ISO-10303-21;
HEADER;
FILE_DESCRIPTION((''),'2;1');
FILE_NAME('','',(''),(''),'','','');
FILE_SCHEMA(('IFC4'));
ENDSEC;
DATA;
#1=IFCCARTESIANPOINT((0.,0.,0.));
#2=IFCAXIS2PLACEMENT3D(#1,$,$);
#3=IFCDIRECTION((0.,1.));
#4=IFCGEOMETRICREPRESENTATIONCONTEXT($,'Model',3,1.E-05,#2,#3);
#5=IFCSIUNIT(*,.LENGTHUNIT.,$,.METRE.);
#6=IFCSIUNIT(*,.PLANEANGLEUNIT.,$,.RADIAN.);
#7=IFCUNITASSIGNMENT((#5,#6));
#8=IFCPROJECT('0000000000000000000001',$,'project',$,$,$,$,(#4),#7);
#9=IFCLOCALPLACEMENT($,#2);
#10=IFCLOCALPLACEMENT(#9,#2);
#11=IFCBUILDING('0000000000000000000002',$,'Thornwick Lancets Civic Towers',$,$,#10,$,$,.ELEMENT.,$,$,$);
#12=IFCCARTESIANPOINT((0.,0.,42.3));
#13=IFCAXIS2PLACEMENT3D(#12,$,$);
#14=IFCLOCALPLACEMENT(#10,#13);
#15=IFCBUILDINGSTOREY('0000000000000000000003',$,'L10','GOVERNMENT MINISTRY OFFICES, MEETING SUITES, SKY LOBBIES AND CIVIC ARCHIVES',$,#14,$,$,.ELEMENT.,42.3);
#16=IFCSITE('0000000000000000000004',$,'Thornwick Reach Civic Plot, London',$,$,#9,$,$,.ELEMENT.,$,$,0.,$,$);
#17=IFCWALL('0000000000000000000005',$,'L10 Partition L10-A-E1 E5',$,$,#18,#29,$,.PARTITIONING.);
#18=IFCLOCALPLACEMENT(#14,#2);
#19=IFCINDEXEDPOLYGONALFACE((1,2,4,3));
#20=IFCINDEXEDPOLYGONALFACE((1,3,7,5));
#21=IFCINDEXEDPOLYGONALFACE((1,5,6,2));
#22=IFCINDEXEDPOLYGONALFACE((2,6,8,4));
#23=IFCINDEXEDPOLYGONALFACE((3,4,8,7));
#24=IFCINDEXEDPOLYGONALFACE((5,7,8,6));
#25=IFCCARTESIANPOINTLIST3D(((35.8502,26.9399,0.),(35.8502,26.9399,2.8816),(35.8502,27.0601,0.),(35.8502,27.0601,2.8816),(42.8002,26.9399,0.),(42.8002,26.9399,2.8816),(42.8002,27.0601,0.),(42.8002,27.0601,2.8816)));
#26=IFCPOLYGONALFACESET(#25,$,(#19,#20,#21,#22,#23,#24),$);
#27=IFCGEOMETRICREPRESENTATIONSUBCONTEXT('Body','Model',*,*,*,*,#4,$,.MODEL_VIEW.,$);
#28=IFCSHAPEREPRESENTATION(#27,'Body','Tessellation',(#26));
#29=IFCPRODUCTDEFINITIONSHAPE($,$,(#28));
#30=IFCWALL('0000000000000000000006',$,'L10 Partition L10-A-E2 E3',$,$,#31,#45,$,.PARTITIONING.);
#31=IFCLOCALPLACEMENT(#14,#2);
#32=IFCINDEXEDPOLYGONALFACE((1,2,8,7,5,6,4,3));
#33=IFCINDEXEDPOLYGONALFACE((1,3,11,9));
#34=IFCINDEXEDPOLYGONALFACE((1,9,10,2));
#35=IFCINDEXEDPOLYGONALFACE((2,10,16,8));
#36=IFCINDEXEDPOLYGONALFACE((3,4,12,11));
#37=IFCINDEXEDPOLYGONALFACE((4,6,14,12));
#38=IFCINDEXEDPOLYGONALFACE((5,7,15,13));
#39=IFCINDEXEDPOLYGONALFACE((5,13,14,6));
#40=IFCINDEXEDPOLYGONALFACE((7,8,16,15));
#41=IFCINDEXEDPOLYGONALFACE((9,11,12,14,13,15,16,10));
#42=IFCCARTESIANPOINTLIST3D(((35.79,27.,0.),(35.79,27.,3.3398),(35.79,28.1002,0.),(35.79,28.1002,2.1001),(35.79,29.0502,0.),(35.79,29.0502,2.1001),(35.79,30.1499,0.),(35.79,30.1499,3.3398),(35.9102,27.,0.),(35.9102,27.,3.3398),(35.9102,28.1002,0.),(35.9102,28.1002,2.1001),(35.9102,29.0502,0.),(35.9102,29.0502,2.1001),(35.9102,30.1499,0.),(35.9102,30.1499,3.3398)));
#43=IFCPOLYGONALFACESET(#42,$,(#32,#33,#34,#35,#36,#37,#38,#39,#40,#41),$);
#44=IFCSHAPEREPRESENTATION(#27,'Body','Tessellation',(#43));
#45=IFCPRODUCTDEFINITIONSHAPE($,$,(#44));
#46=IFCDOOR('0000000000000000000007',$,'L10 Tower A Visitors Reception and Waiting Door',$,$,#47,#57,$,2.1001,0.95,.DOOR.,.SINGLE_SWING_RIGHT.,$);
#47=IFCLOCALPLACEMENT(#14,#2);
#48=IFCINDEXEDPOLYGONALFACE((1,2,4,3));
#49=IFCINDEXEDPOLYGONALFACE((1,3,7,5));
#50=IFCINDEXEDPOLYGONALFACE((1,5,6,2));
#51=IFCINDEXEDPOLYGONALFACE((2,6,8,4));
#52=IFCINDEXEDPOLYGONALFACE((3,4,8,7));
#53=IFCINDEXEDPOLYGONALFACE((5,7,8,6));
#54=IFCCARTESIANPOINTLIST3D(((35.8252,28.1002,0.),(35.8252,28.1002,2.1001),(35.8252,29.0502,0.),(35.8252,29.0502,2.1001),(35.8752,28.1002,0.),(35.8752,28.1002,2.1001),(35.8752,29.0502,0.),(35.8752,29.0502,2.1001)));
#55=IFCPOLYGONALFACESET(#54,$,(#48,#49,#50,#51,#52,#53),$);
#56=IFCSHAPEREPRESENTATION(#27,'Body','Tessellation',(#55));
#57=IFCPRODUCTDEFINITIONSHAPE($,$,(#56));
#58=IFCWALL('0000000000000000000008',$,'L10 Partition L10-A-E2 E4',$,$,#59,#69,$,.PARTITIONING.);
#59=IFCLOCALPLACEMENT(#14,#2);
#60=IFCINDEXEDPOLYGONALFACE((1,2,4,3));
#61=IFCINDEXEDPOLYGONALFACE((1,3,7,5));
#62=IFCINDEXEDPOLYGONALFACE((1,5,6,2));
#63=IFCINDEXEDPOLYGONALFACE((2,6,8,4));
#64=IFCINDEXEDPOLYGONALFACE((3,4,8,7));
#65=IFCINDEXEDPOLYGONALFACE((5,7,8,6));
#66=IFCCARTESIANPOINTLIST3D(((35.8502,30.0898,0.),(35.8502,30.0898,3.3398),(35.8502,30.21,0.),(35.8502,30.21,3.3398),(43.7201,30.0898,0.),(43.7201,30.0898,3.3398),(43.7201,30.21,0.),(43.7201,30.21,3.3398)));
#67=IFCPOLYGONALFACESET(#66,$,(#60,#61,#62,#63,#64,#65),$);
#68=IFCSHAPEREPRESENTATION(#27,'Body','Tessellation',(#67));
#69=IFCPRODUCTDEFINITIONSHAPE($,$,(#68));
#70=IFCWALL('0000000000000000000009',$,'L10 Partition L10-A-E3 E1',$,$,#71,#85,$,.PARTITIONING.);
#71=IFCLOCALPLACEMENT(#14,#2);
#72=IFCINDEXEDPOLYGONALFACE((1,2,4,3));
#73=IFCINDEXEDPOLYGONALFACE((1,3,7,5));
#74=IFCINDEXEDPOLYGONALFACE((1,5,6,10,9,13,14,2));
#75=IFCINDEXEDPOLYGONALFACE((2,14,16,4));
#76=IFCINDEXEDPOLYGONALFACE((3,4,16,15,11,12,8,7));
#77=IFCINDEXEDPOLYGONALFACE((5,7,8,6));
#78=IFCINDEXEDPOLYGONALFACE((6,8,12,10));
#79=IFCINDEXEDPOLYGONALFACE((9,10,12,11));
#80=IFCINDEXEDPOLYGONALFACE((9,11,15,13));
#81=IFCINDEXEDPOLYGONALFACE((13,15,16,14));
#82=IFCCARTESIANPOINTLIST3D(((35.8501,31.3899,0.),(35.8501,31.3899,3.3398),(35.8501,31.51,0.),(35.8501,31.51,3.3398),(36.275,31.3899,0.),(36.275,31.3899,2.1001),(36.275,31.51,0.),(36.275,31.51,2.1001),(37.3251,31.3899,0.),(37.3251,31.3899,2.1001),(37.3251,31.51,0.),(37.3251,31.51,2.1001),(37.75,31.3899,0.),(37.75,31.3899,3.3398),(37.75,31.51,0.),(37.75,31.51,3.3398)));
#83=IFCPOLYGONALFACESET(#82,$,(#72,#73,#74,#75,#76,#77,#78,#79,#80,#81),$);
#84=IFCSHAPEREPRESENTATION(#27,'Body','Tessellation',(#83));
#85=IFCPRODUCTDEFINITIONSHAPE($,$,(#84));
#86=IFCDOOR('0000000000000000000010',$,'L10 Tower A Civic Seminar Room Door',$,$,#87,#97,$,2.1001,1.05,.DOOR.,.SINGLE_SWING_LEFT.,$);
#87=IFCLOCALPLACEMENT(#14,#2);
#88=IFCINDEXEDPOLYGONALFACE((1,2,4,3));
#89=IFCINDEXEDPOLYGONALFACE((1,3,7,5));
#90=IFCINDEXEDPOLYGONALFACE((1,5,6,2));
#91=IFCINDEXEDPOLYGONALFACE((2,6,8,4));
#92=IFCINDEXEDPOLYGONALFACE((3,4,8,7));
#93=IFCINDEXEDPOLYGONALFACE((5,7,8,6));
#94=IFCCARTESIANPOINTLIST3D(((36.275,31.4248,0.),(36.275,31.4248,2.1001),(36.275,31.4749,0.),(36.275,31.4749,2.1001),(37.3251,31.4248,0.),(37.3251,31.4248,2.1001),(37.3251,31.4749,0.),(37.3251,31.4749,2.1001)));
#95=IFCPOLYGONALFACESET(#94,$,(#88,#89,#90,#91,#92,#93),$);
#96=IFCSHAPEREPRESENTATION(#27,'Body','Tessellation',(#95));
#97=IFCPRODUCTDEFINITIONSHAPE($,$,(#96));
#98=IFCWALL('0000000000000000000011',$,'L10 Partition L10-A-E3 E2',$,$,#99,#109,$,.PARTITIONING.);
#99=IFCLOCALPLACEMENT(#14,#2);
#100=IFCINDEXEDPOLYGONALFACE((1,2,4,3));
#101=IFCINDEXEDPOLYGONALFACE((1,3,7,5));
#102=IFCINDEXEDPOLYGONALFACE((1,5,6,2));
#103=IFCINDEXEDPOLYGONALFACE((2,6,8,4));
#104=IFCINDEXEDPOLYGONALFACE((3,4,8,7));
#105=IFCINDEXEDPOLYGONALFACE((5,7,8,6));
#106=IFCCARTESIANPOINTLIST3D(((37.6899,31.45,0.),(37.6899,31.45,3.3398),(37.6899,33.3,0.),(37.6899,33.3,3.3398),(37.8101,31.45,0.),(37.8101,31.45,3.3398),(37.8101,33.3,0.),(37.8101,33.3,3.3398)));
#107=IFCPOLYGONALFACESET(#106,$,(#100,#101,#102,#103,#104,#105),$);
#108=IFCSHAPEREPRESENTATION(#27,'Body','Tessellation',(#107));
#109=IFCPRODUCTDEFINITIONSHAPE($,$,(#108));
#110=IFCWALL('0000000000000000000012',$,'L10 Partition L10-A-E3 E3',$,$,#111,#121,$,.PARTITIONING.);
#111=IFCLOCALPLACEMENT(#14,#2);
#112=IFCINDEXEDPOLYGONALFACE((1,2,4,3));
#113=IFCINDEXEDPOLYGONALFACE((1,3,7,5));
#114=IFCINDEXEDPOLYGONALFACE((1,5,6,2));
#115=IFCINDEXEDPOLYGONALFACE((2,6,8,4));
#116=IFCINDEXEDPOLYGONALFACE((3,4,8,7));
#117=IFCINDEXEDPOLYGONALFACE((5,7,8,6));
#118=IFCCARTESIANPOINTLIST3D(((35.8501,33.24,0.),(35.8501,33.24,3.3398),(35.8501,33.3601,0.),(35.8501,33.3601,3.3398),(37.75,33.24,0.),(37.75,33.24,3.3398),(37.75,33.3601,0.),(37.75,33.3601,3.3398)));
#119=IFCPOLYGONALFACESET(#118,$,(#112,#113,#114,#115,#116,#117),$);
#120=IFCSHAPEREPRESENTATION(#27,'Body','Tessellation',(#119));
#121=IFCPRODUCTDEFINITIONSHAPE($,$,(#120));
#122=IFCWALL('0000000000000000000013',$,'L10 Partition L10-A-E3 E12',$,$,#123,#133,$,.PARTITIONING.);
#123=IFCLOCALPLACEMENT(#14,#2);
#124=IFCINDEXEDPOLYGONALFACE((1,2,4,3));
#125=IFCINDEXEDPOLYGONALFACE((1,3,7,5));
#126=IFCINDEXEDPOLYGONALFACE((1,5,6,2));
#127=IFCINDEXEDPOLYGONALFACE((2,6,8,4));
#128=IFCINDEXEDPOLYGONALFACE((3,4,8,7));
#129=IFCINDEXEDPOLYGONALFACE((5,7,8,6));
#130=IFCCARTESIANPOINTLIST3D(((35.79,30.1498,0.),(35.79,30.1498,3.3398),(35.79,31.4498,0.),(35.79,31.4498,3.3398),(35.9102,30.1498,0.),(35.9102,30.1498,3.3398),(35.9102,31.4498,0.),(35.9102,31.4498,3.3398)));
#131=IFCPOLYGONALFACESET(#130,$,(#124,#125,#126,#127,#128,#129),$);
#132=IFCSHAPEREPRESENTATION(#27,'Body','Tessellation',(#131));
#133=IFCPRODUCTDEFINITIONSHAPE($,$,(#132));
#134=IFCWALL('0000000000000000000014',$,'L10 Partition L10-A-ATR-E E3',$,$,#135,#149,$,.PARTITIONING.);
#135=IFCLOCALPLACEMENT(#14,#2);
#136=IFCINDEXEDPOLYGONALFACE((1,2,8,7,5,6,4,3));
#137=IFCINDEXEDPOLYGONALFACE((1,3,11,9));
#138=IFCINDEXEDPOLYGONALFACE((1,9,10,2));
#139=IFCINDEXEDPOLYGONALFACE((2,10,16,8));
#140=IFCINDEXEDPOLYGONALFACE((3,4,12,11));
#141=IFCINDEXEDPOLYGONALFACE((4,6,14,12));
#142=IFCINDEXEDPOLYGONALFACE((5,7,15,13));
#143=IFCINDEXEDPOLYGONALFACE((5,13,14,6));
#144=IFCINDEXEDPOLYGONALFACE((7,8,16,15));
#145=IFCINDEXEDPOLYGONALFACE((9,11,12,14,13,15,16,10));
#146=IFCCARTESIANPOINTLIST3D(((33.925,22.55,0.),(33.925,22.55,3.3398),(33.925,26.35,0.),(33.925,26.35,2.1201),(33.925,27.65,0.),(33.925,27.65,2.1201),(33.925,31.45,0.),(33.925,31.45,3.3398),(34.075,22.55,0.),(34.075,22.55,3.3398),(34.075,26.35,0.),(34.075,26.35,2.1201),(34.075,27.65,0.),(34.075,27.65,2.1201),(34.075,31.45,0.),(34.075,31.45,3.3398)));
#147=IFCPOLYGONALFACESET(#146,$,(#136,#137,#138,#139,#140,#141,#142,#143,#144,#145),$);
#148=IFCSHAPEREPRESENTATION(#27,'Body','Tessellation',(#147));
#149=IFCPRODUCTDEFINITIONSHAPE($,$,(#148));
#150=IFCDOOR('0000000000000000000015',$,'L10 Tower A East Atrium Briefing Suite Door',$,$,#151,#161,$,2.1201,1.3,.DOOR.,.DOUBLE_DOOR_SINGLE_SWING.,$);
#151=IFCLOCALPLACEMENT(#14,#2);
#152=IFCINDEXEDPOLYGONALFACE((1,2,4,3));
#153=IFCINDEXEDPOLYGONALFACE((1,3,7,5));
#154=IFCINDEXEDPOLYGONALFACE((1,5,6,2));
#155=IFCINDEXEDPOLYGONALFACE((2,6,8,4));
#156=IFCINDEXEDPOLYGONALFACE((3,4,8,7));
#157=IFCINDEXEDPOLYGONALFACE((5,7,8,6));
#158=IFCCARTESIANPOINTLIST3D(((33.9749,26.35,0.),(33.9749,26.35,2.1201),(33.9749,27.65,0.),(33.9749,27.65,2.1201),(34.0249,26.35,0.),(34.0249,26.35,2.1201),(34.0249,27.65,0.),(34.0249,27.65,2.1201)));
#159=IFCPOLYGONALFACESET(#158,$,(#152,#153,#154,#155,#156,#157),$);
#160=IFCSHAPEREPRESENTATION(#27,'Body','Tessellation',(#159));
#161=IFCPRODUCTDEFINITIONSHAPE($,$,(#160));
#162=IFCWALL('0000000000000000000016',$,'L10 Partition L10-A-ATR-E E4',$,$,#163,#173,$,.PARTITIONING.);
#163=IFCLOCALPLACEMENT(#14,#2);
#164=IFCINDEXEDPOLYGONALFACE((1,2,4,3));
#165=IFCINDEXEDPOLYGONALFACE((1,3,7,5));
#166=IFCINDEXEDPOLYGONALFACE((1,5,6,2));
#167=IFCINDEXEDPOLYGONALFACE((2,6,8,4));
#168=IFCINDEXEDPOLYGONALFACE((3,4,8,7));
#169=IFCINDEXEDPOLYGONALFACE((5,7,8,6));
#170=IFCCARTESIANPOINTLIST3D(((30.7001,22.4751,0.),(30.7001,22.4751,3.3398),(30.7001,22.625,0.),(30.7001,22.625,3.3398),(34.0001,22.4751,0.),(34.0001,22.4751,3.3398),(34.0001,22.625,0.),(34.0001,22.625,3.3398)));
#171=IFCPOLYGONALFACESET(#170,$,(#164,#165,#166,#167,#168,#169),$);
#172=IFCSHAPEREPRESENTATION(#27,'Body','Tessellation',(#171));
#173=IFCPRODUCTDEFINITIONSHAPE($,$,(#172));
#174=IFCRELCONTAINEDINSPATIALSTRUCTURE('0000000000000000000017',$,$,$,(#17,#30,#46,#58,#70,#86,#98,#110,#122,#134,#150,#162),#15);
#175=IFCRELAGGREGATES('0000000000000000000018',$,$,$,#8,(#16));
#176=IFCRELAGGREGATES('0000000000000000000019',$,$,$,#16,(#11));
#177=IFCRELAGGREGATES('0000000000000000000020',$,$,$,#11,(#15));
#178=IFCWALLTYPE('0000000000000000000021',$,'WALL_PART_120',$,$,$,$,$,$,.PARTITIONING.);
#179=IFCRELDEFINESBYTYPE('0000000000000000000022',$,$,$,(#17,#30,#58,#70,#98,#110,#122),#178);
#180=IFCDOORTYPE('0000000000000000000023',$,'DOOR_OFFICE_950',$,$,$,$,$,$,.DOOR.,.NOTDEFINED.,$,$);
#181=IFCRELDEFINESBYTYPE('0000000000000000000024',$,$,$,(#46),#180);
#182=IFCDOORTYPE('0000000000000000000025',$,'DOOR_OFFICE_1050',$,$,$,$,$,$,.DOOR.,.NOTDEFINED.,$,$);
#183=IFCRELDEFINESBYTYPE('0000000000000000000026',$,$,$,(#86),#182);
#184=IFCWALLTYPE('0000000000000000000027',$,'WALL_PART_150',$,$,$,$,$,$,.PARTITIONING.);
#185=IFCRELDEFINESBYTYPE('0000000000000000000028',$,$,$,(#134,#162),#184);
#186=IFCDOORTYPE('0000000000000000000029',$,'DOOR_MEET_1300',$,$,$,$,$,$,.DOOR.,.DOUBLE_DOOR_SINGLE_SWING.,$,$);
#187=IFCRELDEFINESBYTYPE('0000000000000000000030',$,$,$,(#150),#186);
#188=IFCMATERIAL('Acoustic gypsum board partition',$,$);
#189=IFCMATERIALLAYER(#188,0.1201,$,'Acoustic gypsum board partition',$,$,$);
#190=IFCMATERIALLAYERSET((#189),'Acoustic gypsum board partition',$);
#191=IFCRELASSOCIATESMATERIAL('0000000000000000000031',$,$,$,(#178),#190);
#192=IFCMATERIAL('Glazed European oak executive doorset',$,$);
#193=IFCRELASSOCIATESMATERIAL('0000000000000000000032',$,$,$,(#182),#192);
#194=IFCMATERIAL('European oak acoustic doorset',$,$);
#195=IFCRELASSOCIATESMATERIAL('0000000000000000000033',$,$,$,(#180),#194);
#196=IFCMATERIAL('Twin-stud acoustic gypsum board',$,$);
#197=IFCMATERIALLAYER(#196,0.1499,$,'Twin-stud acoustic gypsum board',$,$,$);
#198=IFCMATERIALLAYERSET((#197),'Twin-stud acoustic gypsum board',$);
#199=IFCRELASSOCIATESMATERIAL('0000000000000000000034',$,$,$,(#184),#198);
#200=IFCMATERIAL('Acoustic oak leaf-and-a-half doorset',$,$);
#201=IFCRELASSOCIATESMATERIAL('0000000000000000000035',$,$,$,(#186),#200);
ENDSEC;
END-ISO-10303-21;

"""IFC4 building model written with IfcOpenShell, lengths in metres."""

from ifc_helpers import new_model, si_unit, direction, frame, frame_2d, origin, place, context, subcontext, project, spatial, rectangle, extrude, material, layer, layer_set, type_object, element, fill, save


model = new_model("IFC4")

# Units and contexts
model_context = context("Model", 3, precision=1e-05, world=origin(), true_north=direction((0.0, 1.0)))
body_context = subcontext(model_context, "Body", "Model", "MODEL_VIEW")
ifc_project = project(units=[si_unit("LENGTHUNIT", "METRE"), si_unit("PLANEANGLEUNIT", "RADIAN")], contexts=[model_context])

# Site, building, storey
site_placement = place(None, origin())
site = spatial("IfcSite", under=ifc_project, at=site_placement, Name="Thornwick Reach Civic Plot, London", CompositionType="ELEMENT", RefElevation=0.0)
building_placement = place(site_placement, origin())
building = spatial("IfcBuilding", under=site, at=building_placement, Name="Thornwick Lancets Civic Towers", CompositionType="ELEMENT")
storey_placement = place(building_placement, frame((0.0, 0.0, 42.3)))
storey = spatial("IfcBuildingStorey", under=building, at=storey_placement, Name="L10", Description="GOVERNMENT MINISTRY OFFICES, MEETING SUITES, SKY LOBBIES AND CIVIC ARCHIVES", CompositionType="ELEMENT", Elevation=42.3)

# Shared definitions
ifc_material_1 = material(Name="Acoustic gypsum board partition")
ifc_layer_1 = layer(ifc_material_1, 0.1201, Name="Acoustic gypsum board partition")
ifc_layer_set_1 = layer_set([ifc_layer_1], Name="Acoustic gypsum board partition")
wall_type_1 = type_object("IfcWallType", Name="WALL_PART_120", PredefinedType="PARTITIONING", material=ifc_layer_set_1)

# Shared definitions
ifc_material_2 = material(Name="Glazed European oak executive doorset")
door_type_1 = type_object("IfcDoorType", Name="DOOR_OFFICE_1050", OperationType="NOTDEFINED", PredefinedType="DOOR", material=ifc_material_2)

# Wall
wall_1_placement = place(storey_placement, frame((35.8501, 27.0, 0.0), z_axis=(0.0, 0.0, 1.0), x_axis=(1.0, 0.0, 0.0)))
element("IfcWall", 1, at=wall_1_placement, inside=storey, type_object=wall_type_1, Name="L10 Partition L10-A-E1 E5", PredefinedType="PARTITIONING", context=body_context, shape_type="SweptSolid", body=[
    extrude(rectangle(XDim=6.95, YDim=0.1201, at=frame_2d((3.4751, 0.0))), origin(), (0.0, 0.0, 1.0), 2.8816),
])

# Wall, opening, door
wall_2_placement = place(storey_placement, frame((35.8501, 27.0, 0.0), z_axis=(0.0, 0.0, 1.0), x_axis=(0.0, 1.0, 0.0)))
wall_2 = element("IfcWall", 2, at=wall_2_placement, inside=storey, type_object=wall_type_1, Name="L10 Partition L10-A-E2 E3", PredefinedType="PARTITIONING", context=body_context, shape_type="SweptSolid", body=[
    extrude(rectangle(XDim=3.1499, YDim=0.1201, at=frame_2d((1.575, 0.0))), origin(), (0.0, 0.0, 1.0), 3.3398),
])
opening_1_placement = place(wall_2_placement, frame((1.1001, 0.0, 0.0)))
opening_1 = element("IfcOpeningElement", 3, at=opening_1_placement, cuts=wall_2, PredefinedType="OPENING", context=body_context, shape_type="SweptSolid", body=[
    extrude(rectangle(XDim=0.95, YDim=2.1001, at=frame_2d((0.4751, 1.05))), frame((0.0, 0.0701, 0.0), z_axis=(0.0, -1.0, 0.0), x_axis=(1.0, 0.0, 0.0)), (0.0, 0.0, 1.0), 0.1401),
])
ifc_material_3 = material(Name="European oak acoustic doorset")
door_type_2 = type_object("IfcDoorType", Name="DOOR_OFFICE_950", OperationType="NOTDEFINED", PredefinedType="DOOR", material=ifc_material_3)
door_1_placement = place(opening_1_placement, origin())
door_1 = element("IfcDoor", 4, at=door_1_placement, inside=storey, type_object=door_type_2, Name="L10 Tower A Visitors Reception and Waiting Door", OperationType="SINGLE_SWING_RIGHT", OverallHeight=2.1001, OverallWidth=0.95, PredefinedType="DOOR", context=body_context, shape_type="SweptSolid", body=[
    extrude(rectangle(XDim=0.95, YDim=2.1001, at=frame_2d((0.4751, 1.05))), frame((0.0, 0.0249, 0.0), z_axis=(0.0, -1.0, 0.0), x_axis=(1.0, 0.0, 0.0)), (0.0, 0.0, 1.0), 0.05),
])
fill(opening_1, door_1)

# Wall
wall_3_placement = place(storey_placement, frame((35.8501, 30.1499, 0.0), z_axis=(0.0, 0.0, 1.0), x_axis=(1.0, 0.0, 0.0)))
element("IfcWall", 5, at=wall_3_placement, inside=storey, type_object=wall_type_1, Name="L10 Partition L10-A-E2 E4", PredefinedType="PARTITIONING", context=body_context, shape_type="SweptSolid", body=[
    extrude(rectangle(XDim=7.8699, YDim=0.1201, at=frame_2d((3.9351, 0.0))), origin(), (0.0, 0.0, 1.0), 3.3398),
])

# Wall, opening, door
wall_4_placement = place(storey_placement, frame((35.8501, 31.45, 0.0), z_axis=(0.0, 0.0, 1.0), x_axis=(1.0, 0.0, 0.0)))
wall_4 = element("IfcWall", 6, at=wall_4_placement, inside=storey, type_object=wall_type_1, Name="L10 Partition L10-A-E3 E1", PredefinedType="PARTITIONING", context=body_context, shape_type="SweptSolid", body=[
    extrude(rectangle(XDim=1.8999, YDim=0.1201, at=frame_2d((0.95, 0.0))), origin(), (0.0, 0.0, 1.0), 3.3398),
])
opening_2_placement = place(wall_4_placement, frame((0.425, 0.0, 0.0)))
opening_2 = element("IfcOpeningElement", 7, at=opening_2_placement, cuts=wall_4, PredefinedType="OPENING", context=body_context, shape_type="SweptSolid", body=[
    extrude(rectangle(XDim=1.05, YDim=2.1001, at=frame_2d((0.5249, 1.05))), frame((0.0, 0.0701, 0.0), z_axis=(0.0, -1.0, 0.0), x_axis=(1.0, 0.0, 0.0)), (0.0, 0.0, 1.0), 0.1401),
])
door_2_placement = place(opening_2_placement, origin())
door_2 = element("IfcDoor", 8, at=door_2_placement, inside=storey, type_object=door_type_1, Name="L10 Tower A Civic Seminar Room Door", OperationType="SINGLE_SWING_LEFT", OverallHeight=2.1001, OverallWidth=1.05, PredefinedType="DOOR", context=body_context, shape_type="SweptSolid", body=[
    extrude(rectangle(XDim=1.05, YDim=2.1001, at=frame_2d((0.5249, 1.05))), frame((0.0, 0.0249, 0.0), z_axis=(0.0, -1.0, 0.0), x_axis=(1.0, 0.0, 0.0)), (0.0, 0.0, 1.0), 0.05),
])
fill(opening_2, door_2)

# Walls
wall_5_placement = place(storey_placement, frame((37.75, 31.45, 0.0), z_axis=(0.0, 0.0, 1.0), x_axis=(0.0, 1.0, 0.0)))
element("IfcWall", 9, at=wall_5_placement, inside=storey, type_object=wall_type_1, Name="L10 Partition L10-A-E3 E2", PredefinedType="PARTITIONING", context=body_context, shape_type="SweptSolid", body=[
    extrude(rectangle(XDim=1.8501, YDim=0.1201, at=frame_2d((0.925, 0.0))), origin(), (0.0, 0.0, 1.0), 3.3398),
])
wall_6_placement = place(storey_placement, frame((37.75, 33.3, 0.0), z_axis=(0.0, 0.0, 1.0), x_axis=(-1.0, 0.0, 0.0)))
element("IfcWall", 10, at=wall_6_placement, inside=storey, type_object=wall_type_1, Name="L10 Partition L10-A-E3 E3", PredefinedType="PARTITIONING", context=body_context, shape_type="SweptSolid", body=[
    extrude(rectangle(XDim=1.8999, YDim=0.1201, at=frame_2d((0.95, 0.0))), origin(), (0.0, 0.0, 1.0), 3.3398),
])
wall_7_placement = place(storey_placement, frame((35.8501, 30.1499, 0.0), z_axis=(0.0, 0.0, 1.0), x_axis=(0.0, 1.0, 0.0)))
element("IfcWall", 11, at=wall_7_placement, inside=storey, type_object=wall_type_1, Name="L10 Partition L10-A-E3 E12", PredefinedType="PARTITIONING", context=body_context, shape_type="SweptSolid", body=[
    extrude(rectangle(XDim=1.3, YDim=0.1201, at=frame_2d((0.6499, 0.0))), origin(), (0.0, 0.0, 1.0), 3.3398),
])

# Wall, opening, door
ifc_material_4 = material(Name="Twin-stud acoustic gypsum board")
ifc_layer_2 = layer(ifc_material_4, 0.1499, Name="Twin-stud acoustic gypsum board")
ifc_layer_set_2 = layer_set([ifc_layer_2], Name="Twin-stud acoustic gypsum board")
wall_type_2 = type_object("IfcWallType", Name="WALL_PART_150", PredefinedType="PARTITIONING", material=ifc_layer_set_2)
wall_8_placement = place(storey_placement, frame((34.0, 31.45, 0.0), z_axis=(0.0, 0.0, 1.0), x_axis=(0.0, -1.0, 0.0)))
wall_8 = element("IfcWall", 12, at=wall_8_placement, inside=storey, type_object=wall_type_2, Name="L10 Partition L10-A-ATR-E E3", PredefinedType="PARTITIONING", context=body_context, shape_type="SweptSolid", body=[
    extrude(rectangle(XDim=8.8999, YDim=0.1499, at=frame_2d((4.45, 0.0))), origin(), (0.0, 0.0, 1.0), 3.3398),
])
opening_3_placement = place(wall_8_placement, frame((3.8, 0.0, 0.0)))
opening_3 = element("IfcOpeningElement", 13, at=opening_3_placement, cuts=wall_8, PredefinedType="OPENING", context=body_context, shape_type="SweptSolid", body=[
    extrude(rectangle(XDim=1.3, YDim=2.1201, at=frame_2d((0.6499, 1.0601))), frame((0.0, 0.085, 0.0), z_axis=(0.0, -1.0, 0.0), x_axis=(1.0, 0.0, 0.0)), (0.0, 0.0, 1.0), 0.1699),
])
ifc_material_5 = material(Name="Acoustic oak leaf-and-a-half doorset")
door_type_3 = type_object("IfcDoorType", Name="DOOR_MEET_1300", OperationType="DOUBLE_DOOR_SINGLE_SWING", PredefinedType="DOOR", material=ifc_material_5)
door_3_placement = place(opening_3_placement, origin())
door_3 = element("IfcDoor", 14, at=door_3_placement, inside=storey, type_object=door_type_3, Name="L10 Tower A East Atrium Briefing Suite Door", OperationType="DOUBLE_DOOR_SINGLE_SWING", OverallHeight=2.1201, OverallWidth=1.3, PredefinedType="DOOR", context=body_context, shape_type="SweptSolid", body=[
    extrude(rectangle(XDim=1.3, YDim=2.1201, at=frame_2d((0.6499, 1.0601))), frame((0.0, 0.0249, 0.0), z_axis=(0.0, -1.0, 0.0), x_axis=(1.0, 0.0, 0.0)), (0.0, 0.0, 1.0), 0.05),
])
fill(opening_3, door_3)

# Wall
wall_9_placement = place(storey_placement, frame((34.0, 22.55, 0.0), z_axis=(0.0, 0.0, 1.0), x_axis=(-1.0, 0.0, 0.0)))
element("IfcWall", 15, at=wall_9_placement, inside=storey, type_object=wall_type_2, Name="L10 Partition L10-A-ATR-E E4", PredefinedType="PARTITIONING", context=body_context, shape_type="SweptSolid", body=[
    extrude(rectangle(XDim=3.3, YDim=0.1499, at=frame_2d((1.6499, 0.0))), origin(), (0.0, 0.0, 1.0), 3.3398),
])

save(model, "model.ifc")
